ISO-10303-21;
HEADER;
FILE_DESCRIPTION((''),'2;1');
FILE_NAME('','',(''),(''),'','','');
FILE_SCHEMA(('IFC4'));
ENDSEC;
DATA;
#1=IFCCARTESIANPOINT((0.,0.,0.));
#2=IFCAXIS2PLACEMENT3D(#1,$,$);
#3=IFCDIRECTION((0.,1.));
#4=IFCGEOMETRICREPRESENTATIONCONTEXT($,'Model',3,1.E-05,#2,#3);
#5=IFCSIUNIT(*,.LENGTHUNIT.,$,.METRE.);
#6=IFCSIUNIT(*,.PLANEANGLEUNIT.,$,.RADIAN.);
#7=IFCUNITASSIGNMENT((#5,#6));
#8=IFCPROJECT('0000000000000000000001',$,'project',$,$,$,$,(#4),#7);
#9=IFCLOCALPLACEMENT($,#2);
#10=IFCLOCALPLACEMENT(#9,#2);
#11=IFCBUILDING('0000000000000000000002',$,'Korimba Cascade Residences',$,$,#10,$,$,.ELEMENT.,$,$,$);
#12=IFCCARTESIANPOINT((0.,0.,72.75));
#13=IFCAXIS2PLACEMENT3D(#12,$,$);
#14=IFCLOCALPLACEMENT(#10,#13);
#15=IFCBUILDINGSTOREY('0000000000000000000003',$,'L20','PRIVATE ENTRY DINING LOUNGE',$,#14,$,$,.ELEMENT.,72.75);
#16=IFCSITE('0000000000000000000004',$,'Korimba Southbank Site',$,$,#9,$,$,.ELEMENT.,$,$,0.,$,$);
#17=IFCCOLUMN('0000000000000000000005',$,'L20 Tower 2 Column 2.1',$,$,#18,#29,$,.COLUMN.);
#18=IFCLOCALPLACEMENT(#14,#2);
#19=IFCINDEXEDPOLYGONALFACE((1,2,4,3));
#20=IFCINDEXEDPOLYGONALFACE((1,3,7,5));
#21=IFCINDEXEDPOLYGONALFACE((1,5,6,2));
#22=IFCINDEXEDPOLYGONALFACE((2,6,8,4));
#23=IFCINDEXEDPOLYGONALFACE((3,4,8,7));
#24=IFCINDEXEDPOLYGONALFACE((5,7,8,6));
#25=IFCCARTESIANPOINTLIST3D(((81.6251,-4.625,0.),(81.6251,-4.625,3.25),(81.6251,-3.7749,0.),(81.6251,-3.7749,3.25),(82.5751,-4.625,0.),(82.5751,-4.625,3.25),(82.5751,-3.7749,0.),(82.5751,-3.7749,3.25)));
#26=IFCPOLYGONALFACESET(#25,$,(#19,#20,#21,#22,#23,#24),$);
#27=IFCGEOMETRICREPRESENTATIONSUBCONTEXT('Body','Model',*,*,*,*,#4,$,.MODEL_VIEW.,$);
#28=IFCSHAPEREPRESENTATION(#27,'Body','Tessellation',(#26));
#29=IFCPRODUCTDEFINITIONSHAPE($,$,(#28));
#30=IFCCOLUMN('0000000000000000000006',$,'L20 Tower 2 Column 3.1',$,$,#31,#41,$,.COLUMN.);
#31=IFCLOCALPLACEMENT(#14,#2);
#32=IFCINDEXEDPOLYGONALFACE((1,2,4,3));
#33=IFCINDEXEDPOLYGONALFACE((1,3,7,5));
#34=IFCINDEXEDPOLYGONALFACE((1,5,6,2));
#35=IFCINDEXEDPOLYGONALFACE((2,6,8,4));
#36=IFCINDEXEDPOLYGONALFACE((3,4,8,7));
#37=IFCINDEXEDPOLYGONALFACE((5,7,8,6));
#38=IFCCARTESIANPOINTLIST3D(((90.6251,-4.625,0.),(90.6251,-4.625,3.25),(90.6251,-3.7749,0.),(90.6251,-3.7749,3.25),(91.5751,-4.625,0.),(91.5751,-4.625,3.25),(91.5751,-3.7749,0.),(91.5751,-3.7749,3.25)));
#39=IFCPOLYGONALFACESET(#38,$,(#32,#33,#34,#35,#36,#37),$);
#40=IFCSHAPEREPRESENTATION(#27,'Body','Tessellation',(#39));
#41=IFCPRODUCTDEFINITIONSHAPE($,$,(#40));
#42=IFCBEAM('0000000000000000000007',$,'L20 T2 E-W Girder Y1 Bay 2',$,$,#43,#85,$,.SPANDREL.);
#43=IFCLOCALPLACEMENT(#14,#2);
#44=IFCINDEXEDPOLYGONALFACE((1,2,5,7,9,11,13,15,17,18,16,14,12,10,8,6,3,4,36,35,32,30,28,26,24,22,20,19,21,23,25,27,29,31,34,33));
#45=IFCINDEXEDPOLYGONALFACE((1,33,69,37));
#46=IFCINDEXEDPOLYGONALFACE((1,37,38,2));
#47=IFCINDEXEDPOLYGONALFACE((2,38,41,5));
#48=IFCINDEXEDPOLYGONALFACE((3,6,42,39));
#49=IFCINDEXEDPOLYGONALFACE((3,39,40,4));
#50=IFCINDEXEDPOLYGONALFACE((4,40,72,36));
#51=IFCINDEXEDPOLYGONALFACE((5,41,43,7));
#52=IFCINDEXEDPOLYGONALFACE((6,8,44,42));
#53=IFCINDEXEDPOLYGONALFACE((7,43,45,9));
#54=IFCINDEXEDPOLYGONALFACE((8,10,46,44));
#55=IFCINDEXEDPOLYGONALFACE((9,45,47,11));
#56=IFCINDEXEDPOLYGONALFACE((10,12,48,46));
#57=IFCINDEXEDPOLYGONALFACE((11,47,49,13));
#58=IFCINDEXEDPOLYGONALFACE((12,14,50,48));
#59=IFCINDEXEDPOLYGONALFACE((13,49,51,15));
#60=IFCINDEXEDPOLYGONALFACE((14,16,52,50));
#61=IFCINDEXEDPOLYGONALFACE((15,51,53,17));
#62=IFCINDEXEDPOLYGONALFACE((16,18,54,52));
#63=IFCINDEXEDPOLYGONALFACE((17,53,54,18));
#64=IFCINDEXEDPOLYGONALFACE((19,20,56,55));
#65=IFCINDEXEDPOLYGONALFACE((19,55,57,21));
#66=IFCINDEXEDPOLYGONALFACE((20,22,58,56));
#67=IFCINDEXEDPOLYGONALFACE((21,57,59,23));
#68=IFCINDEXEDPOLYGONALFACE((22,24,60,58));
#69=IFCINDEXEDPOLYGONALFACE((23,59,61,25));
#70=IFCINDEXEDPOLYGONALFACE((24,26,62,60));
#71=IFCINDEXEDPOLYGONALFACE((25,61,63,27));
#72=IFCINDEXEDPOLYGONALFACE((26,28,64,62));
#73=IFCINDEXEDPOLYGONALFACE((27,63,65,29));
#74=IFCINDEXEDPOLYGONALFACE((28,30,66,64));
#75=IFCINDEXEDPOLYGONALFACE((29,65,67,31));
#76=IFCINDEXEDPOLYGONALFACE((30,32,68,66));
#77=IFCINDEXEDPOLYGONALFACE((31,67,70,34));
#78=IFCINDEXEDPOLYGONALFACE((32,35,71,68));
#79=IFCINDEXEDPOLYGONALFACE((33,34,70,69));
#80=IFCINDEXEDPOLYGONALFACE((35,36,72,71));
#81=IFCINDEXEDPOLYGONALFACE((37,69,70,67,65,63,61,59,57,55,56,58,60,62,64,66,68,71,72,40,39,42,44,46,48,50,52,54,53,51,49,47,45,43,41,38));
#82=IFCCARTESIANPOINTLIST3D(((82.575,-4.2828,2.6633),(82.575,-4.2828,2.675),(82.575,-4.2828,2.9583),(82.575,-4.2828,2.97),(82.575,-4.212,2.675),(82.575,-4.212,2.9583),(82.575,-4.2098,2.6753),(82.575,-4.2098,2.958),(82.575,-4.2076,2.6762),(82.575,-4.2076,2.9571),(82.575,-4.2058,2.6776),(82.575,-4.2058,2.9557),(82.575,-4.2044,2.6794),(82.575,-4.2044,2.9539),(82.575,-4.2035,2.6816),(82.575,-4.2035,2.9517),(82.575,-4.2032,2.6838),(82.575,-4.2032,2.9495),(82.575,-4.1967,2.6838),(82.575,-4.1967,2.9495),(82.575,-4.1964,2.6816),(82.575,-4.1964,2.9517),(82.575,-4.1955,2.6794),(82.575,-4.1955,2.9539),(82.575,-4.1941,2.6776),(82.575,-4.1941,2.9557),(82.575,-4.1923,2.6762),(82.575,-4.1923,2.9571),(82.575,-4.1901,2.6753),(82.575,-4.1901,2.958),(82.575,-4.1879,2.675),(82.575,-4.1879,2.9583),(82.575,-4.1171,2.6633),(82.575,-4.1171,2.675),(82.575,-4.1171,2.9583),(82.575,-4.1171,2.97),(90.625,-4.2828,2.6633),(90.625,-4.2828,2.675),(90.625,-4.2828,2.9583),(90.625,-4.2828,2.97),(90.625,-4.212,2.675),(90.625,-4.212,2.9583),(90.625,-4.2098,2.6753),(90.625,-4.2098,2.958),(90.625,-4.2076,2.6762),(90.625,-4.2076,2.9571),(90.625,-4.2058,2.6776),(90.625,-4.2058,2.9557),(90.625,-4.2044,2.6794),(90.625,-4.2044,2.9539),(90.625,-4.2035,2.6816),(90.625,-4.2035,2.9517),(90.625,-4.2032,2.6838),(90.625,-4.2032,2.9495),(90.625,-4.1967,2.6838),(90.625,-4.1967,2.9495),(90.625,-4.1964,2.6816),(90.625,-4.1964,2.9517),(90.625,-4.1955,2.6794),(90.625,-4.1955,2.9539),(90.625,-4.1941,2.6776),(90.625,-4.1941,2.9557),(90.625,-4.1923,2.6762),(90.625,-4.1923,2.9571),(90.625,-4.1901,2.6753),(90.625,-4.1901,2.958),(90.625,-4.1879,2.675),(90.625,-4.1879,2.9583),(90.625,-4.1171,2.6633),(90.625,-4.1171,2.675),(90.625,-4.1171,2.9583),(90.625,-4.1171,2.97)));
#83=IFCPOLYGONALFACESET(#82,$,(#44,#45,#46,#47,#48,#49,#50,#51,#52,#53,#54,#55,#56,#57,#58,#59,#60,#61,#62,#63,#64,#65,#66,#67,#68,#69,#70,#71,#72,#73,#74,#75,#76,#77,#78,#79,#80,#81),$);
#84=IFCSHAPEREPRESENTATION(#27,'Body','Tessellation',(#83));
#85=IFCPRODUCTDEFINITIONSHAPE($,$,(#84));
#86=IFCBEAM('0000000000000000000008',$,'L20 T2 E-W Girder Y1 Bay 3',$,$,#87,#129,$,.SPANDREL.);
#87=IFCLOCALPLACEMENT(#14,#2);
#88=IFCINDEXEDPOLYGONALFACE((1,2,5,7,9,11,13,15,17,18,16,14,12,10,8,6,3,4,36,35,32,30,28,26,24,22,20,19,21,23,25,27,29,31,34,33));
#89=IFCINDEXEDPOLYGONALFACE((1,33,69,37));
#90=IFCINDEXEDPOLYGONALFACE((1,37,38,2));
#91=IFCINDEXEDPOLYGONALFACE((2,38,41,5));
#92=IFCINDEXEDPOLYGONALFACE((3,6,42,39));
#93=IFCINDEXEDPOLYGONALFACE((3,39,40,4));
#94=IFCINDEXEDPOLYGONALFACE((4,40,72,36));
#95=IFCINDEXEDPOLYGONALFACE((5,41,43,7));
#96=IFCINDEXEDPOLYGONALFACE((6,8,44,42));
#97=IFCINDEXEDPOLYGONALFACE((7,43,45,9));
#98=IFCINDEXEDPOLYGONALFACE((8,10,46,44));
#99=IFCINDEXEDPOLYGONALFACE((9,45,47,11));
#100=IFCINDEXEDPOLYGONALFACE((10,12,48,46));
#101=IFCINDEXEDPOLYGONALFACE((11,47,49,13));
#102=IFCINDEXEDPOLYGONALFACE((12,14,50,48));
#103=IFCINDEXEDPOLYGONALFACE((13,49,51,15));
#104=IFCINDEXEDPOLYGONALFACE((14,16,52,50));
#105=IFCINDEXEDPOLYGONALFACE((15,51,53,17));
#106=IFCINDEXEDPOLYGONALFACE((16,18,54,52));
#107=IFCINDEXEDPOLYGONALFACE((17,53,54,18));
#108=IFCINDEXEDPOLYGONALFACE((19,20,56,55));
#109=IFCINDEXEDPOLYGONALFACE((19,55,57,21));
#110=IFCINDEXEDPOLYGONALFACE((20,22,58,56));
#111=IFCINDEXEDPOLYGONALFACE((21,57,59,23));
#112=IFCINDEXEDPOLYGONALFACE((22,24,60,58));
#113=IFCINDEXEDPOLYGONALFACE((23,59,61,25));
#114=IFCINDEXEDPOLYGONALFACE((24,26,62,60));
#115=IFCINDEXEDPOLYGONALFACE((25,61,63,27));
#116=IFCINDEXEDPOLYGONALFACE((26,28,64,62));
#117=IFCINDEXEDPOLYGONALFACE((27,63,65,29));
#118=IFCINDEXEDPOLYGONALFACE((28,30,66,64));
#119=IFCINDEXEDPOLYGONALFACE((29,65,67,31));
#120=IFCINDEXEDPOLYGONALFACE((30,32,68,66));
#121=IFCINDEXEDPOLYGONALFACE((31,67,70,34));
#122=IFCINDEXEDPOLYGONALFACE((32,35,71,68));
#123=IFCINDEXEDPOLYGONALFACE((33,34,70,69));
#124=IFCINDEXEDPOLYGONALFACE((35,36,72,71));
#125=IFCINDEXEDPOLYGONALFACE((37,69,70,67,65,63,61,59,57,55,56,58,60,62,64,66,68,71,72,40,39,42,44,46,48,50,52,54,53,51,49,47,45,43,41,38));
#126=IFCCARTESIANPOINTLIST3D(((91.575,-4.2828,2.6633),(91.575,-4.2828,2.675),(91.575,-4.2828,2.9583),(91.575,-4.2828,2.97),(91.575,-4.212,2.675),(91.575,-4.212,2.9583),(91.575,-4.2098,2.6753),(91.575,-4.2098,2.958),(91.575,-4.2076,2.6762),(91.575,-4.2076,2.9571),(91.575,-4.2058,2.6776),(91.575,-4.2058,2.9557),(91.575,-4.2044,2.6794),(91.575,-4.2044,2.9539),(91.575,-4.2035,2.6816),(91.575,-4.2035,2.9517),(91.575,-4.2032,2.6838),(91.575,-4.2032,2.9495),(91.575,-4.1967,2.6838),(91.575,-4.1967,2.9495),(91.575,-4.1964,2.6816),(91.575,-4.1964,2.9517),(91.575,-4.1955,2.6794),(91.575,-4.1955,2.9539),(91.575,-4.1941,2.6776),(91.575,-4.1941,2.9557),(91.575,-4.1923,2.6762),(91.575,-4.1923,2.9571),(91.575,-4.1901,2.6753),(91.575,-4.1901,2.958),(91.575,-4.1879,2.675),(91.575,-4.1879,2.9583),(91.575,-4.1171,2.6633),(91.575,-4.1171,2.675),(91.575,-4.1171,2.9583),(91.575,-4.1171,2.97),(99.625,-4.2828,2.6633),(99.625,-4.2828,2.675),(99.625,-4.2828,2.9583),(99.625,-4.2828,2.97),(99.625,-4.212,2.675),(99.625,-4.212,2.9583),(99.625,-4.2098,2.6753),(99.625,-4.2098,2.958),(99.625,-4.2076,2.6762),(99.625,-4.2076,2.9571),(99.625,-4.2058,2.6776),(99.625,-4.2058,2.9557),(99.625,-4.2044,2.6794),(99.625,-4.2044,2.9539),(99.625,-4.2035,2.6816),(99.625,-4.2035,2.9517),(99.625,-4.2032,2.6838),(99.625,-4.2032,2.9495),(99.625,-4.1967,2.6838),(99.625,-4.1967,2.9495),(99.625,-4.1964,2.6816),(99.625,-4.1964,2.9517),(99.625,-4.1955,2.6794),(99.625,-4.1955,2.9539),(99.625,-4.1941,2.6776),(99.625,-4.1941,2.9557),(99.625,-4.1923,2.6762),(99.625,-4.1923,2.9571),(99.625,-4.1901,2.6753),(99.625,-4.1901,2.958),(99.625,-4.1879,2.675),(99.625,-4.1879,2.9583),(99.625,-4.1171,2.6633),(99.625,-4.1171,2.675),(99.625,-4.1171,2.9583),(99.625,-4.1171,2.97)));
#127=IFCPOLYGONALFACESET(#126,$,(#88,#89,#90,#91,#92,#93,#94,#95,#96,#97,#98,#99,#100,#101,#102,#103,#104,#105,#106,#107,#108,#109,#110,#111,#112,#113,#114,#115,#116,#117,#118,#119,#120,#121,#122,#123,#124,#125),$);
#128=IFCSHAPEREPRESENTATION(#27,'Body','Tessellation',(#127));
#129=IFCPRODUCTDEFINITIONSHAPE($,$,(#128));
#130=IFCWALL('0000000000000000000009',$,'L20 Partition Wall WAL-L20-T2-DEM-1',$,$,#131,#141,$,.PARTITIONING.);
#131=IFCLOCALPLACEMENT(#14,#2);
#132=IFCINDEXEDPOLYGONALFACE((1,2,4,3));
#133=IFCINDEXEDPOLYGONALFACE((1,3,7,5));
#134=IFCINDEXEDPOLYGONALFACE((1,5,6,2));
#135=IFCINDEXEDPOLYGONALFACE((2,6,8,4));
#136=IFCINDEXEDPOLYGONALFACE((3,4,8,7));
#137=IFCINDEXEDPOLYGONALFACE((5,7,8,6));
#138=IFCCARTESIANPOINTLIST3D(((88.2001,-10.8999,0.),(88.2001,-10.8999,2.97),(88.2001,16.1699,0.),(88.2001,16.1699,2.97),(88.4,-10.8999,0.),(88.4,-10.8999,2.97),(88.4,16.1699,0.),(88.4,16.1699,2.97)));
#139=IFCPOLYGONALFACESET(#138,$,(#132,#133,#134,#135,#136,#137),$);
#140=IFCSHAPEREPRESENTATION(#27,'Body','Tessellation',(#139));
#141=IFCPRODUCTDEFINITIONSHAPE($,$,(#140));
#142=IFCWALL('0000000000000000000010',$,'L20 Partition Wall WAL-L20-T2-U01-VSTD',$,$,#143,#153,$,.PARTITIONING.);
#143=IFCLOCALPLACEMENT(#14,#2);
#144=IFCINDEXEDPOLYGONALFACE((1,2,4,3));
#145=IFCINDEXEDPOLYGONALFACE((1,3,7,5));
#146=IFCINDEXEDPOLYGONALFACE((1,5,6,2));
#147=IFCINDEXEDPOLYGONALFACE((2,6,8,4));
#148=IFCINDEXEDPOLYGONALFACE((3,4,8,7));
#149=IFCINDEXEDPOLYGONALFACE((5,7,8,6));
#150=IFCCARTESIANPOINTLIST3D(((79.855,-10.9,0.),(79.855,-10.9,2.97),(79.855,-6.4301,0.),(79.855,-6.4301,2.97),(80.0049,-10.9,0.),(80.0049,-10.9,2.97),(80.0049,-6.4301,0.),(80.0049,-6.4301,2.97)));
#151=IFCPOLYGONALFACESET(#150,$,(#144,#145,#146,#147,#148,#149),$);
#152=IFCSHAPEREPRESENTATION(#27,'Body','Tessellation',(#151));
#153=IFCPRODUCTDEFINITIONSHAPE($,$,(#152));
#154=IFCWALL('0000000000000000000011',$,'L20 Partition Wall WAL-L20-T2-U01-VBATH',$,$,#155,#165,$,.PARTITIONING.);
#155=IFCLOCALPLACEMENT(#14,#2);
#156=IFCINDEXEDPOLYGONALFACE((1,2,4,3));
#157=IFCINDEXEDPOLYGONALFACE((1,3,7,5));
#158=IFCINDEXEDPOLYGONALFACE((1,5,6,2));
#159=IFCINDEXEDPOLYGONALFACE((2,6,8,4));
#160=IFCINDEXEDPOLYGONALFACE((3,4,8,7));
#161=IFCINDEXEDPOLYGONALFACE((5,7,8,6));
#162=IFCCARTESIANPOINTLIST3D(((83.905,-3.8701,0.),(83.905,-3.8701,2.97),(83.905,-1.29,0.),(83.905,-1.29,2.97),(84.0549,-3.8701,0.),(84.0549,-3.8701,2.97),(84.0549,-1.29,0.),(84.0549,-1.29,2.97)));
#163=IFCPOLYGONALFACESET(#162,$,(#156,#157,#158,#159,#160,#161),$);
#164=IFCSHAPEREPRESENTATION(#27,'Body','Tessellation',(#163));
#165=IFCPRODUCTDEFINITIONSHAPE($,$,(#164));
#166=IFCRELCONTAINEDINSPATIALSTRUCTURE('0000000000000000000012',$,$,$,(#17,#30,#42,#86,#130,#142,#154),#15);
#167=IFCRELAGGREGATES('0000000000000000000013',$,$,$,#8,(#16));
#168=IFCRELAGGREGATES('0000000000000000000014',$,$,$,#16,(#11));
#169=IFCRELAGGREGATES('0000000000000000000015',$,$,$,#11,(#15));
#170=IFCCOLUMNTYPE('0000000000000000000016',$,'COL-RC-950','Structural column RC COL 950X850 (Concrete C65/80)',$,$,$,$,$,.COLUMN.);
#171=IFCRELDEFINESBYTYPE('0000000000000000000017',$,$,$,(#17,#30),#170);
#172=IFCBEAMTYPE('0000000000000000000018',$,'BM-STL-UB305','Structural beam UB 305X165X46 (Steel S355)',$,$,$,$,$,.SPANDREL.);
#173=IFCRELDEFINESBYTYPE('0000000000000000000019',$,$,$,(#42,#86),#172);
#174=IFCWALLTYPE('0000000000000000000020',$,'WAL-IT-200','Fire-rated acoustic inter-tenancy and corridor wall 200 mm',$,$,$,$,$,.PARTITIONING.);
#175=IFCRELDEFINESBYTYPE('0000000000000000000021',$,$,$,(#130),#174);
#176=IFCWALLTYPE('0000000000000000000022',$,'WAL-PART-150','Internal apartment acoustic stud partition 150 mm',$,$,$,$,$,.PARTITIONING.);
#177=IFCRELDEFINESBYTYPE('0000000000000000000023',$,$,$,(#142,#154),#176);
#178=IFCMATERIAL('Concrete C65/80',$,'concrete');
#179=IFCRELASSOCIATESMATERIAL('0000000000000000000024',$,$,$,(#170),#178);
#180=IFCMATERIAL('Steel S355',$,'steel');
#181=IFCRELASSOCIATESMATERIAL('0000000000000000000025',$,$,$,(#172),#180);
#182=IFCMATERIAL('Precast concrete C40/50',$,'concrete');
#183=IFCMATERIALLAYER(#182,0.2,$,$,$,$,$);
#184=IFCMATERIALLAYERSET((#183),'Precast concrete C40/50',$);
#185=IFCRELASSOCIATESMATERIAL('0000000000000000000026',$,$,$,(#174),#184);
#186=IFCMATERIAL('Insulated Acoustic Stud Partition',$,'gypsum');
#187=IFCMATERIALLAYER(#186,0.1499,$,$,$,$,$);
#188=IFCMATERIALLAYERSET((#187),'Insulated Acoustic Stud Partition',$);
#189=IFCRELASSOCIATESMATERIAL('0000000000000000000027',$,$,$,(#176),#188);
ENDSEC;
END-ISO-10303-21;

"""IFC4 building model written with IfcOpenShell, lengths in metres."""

from ifc_helpers import new_model, si_unit, direction, frame, frame_2d, origin, origin_2d, place, context, subcontext, project, spatial, rectangle, i_section, extrude, material, layer, layer_set, material_profile, profile_set, type_object, element, save


model = new_model("IFC4")

# Units and contexts
model_context = context("Model", 3, precision=1e-05, world=origin(), true_north=direction((0.0, 1.0)))
body_context = subcontext(model_context, "Body", "Model", "MODEL_VIEW")
ifc_project = project(units=[si_unit("LENGTHUNIT", "METRE"), si_unit("PLANEANGLEUNIT", "RADIAN")], contexts=[model_context])

# Site, building, storey
site_placement = place(None, origin())
site = spatial("IfcSite", under=ifc_project, at=site_placement, Name="Korimba Southbank Site", CompositionType="ELEMENT", RefElevation=0.0)
building_placement = place(site_placement, origin())
building = spatial("IfcBuilding", under=site, at=building_placement, Name="Korimba Cascade Residences", CompositionType="ELEMENT")
storey_placement = place(building_placement, frame((0.0, 0.0, 72.75)))
storey = spatial("IfcBuildingStorey", under=building, at=storey_placement, Name="L20", Description="PRIVATE ENTRY DINING LOUNGE", CompositionType="ELEMENT", Elevation=72.75)

# Columns
ifc_material_1 = material(Name="Concrete C65/80", Category="concrete")
ifc_material_profile_1 = material_profile(ifc_material_1, rectangle(XDim=0.95, YDim=0.8501, at=origin_2d()), Name="Concrete C65/80")
ifc_profile_set_1 = profile_set([ifc_material_profile_1], Name="Concrete C65/80")
column_type = type_object("IfcColumnType", Name="COL-RC-950", Description="Structural column RC COL 950X850 (Concrete C65/80)", PredefinedType="COLUMN", material=ifc_profile_set_1)
for number, where, z_axis, x_axis, name in (
    (1, (82.1001, -4.2, 0.0), (0.0, 0.0, 1.0), (1.0, 0.0, 0.0), "L20 Tower 2 Column 2.1"),
    (2, (91.1001, -4.2, 0.0), (0.0, 0.0, 1.0), (1.0, 0.0, 0.0), "L20 Tower 2 Column 3.1"),
):
    element("IfcColumn", number, at=place(storey_placement, frame(where, z_axis=z_axis, x_axis=x_axis)), inside=storey, type_object=column_type, Name=name, PredefinedType="COLUMN", context=body_context, shape_type="SweptSolid", body=[
        extrude(rectangle(XDim=0.95, YDim=0.8501, at=origin_2d()), origin(), (0.0, 0.0, 1.0), 3.25),
    ])

# Beams
ifc_material_2 = material(Name="Steel S355", Category="steel")
ifc_material_profile_2 = material_profile(ifc_material_2, i_section(OverallWidth=0.1658, OverallDepth=0.3066, WebThickness=0.0066, FlangeThickness=0.0117, FilletRadius=0.0088, at=origin_2d()), Name="Steel S355")
ifc_profile_set_2 = profile_set([ifc_material_profile_2], Name="Steel S355")
beam_type = type_object("IfcBeamType", Name="BM-STL-UB305", Description="Structural beam UB 305X165X46 (Steel S355)", PredefinedType="SPANDREL", material=ifc_profile_set_2)
for number, where, z_axis, x_axis, name in (
    (3, (82.575, -4.2, 2.8167), (1.0, 0.0, 0.0), (0.0, 1.0, 0.0), "L20 T2 E-W Girder Y1 Bay 2"),
    (4, (91.575, -4.2, 2.8167), (1.0, 0.0, 0.0), (0.0, 1.0, 0.0), "L20 T2 E-W Girder Y1 Bay 3"),
):
    element("IfcBeam", number, at=place(storey_placement, frame(where, z_axis=z_axis, x_axis=x_axis)), inside=storey, type_object=beam_type, Name=name, PredefinedType="SPANDREL", context=body_context, shape_type="SweptSolid", body=[
        extrude(i_section(OverallWidth=0.1658, OverallDepth=0.3066, WebThickness=0.0066, FlangeThickness=0.0117, FilletRadius=0.0088, at=origin_2d()), origin(), (0.0, 0.0, 1.0), 8.05),
    ])

# Walls
ifc_material_3 = material(Name="Precast concrete C40/50", Category="concrete")
ifc_layer_1 = layer(ifc_material_3, 0.2)
ifc_layer_set_1 = layer_set([ifc_layer_1], Name="Precast concrete C40/50")
wall_type_1 = type_object("IfcWallType", Name="WAL-IT-200", Description="Fire-rated acoustic inter-tenancy and corridor wall 200 mm", PredefinedType="PARTITIONING", material=ifc_layer_set_1)
wall_1_placement = place(storey_placement, frame((88.3, -10.8999, 0.0), z_axis=(0.0, 0.0, 1.0), x_axis=(0.0, 1.0, 0.0)))
element("IfcWall", 5, at=wall_1_placement, inside=storey, type_object=wall_type_1, Name="L20 Partition Wall WAL-L20-T2-DEM-1", PredefinedType="PARTITIONING", context=body_context, shape_type="SweptSolid", body=[
    extrude(rectangle(XDim=27.0698, YDim=0.2, at=frame_2d((13.5349, 0.0))), origin(), (0.0, 0.0, 1.0), 2.97),
])
ifc_material_4 = material(Name="Insulated Acoustic Stud Partition", Category="gypsum")
ifc_layer_2 = layer(ifc_material_4, 0.1499)
ifc_layer_set_2 = layer_set([ifc_layer_2], Name="Insulated Acoustic Stud Partition")
wall_type_2 = type_object("IfcWallType", Name="WAL-PART-150", Description="Internal apartment acoustic stud partition 150 mm", PredefinedType="PARTITIONING", material=ifc_layer_set_2)
wall_2_placement = place(storey_placement, frame((79.9299, -10.8999, 0.0), z_axis=(0.0, 0.0, 1.0), x_axis=(0.0, 1.0, 0.0)))
element("IfcWall", 6, at=wall_2_placement, inside=storey, type_object=wall_type_2, Name="L20 Partition Wall WAL-L20-T2-U01-VSTD", PredefinedType="PARTITIONING", context=body_context, shape_type="SweptSolid", body=[
    extrude(rectangle(XDim=4.47, YDim=0.1499, at=frame_2d((2.2349, 0.0))), origin(), (0.0, 0.0, 1.0), 2.97),
])
wall_3_placement = place(storey_placement, frame((83.98, -3.8701, 0.0), z_axis=(0.0, 0.0, 1.0), x_axis=(0.0, 1.0, 0.0)))
element("IfcWall", 7, at=wall_3_placement, inside=storey, type_object=wall_type_2, Name="L20 Partition Wall WAL-L20-T2-U01-VBATH", PredefinedType="PARTITIONING", context=body_context, shape_type="SweptSolid", body=[
    extrude(rectangle(XDim=2.5801, YDim=0.1499, at=frame_2d((1.29, 0.0))), origin(), (0.0, 0.0, 1.0), 2.97),
])

save(model, "model.ifc")
